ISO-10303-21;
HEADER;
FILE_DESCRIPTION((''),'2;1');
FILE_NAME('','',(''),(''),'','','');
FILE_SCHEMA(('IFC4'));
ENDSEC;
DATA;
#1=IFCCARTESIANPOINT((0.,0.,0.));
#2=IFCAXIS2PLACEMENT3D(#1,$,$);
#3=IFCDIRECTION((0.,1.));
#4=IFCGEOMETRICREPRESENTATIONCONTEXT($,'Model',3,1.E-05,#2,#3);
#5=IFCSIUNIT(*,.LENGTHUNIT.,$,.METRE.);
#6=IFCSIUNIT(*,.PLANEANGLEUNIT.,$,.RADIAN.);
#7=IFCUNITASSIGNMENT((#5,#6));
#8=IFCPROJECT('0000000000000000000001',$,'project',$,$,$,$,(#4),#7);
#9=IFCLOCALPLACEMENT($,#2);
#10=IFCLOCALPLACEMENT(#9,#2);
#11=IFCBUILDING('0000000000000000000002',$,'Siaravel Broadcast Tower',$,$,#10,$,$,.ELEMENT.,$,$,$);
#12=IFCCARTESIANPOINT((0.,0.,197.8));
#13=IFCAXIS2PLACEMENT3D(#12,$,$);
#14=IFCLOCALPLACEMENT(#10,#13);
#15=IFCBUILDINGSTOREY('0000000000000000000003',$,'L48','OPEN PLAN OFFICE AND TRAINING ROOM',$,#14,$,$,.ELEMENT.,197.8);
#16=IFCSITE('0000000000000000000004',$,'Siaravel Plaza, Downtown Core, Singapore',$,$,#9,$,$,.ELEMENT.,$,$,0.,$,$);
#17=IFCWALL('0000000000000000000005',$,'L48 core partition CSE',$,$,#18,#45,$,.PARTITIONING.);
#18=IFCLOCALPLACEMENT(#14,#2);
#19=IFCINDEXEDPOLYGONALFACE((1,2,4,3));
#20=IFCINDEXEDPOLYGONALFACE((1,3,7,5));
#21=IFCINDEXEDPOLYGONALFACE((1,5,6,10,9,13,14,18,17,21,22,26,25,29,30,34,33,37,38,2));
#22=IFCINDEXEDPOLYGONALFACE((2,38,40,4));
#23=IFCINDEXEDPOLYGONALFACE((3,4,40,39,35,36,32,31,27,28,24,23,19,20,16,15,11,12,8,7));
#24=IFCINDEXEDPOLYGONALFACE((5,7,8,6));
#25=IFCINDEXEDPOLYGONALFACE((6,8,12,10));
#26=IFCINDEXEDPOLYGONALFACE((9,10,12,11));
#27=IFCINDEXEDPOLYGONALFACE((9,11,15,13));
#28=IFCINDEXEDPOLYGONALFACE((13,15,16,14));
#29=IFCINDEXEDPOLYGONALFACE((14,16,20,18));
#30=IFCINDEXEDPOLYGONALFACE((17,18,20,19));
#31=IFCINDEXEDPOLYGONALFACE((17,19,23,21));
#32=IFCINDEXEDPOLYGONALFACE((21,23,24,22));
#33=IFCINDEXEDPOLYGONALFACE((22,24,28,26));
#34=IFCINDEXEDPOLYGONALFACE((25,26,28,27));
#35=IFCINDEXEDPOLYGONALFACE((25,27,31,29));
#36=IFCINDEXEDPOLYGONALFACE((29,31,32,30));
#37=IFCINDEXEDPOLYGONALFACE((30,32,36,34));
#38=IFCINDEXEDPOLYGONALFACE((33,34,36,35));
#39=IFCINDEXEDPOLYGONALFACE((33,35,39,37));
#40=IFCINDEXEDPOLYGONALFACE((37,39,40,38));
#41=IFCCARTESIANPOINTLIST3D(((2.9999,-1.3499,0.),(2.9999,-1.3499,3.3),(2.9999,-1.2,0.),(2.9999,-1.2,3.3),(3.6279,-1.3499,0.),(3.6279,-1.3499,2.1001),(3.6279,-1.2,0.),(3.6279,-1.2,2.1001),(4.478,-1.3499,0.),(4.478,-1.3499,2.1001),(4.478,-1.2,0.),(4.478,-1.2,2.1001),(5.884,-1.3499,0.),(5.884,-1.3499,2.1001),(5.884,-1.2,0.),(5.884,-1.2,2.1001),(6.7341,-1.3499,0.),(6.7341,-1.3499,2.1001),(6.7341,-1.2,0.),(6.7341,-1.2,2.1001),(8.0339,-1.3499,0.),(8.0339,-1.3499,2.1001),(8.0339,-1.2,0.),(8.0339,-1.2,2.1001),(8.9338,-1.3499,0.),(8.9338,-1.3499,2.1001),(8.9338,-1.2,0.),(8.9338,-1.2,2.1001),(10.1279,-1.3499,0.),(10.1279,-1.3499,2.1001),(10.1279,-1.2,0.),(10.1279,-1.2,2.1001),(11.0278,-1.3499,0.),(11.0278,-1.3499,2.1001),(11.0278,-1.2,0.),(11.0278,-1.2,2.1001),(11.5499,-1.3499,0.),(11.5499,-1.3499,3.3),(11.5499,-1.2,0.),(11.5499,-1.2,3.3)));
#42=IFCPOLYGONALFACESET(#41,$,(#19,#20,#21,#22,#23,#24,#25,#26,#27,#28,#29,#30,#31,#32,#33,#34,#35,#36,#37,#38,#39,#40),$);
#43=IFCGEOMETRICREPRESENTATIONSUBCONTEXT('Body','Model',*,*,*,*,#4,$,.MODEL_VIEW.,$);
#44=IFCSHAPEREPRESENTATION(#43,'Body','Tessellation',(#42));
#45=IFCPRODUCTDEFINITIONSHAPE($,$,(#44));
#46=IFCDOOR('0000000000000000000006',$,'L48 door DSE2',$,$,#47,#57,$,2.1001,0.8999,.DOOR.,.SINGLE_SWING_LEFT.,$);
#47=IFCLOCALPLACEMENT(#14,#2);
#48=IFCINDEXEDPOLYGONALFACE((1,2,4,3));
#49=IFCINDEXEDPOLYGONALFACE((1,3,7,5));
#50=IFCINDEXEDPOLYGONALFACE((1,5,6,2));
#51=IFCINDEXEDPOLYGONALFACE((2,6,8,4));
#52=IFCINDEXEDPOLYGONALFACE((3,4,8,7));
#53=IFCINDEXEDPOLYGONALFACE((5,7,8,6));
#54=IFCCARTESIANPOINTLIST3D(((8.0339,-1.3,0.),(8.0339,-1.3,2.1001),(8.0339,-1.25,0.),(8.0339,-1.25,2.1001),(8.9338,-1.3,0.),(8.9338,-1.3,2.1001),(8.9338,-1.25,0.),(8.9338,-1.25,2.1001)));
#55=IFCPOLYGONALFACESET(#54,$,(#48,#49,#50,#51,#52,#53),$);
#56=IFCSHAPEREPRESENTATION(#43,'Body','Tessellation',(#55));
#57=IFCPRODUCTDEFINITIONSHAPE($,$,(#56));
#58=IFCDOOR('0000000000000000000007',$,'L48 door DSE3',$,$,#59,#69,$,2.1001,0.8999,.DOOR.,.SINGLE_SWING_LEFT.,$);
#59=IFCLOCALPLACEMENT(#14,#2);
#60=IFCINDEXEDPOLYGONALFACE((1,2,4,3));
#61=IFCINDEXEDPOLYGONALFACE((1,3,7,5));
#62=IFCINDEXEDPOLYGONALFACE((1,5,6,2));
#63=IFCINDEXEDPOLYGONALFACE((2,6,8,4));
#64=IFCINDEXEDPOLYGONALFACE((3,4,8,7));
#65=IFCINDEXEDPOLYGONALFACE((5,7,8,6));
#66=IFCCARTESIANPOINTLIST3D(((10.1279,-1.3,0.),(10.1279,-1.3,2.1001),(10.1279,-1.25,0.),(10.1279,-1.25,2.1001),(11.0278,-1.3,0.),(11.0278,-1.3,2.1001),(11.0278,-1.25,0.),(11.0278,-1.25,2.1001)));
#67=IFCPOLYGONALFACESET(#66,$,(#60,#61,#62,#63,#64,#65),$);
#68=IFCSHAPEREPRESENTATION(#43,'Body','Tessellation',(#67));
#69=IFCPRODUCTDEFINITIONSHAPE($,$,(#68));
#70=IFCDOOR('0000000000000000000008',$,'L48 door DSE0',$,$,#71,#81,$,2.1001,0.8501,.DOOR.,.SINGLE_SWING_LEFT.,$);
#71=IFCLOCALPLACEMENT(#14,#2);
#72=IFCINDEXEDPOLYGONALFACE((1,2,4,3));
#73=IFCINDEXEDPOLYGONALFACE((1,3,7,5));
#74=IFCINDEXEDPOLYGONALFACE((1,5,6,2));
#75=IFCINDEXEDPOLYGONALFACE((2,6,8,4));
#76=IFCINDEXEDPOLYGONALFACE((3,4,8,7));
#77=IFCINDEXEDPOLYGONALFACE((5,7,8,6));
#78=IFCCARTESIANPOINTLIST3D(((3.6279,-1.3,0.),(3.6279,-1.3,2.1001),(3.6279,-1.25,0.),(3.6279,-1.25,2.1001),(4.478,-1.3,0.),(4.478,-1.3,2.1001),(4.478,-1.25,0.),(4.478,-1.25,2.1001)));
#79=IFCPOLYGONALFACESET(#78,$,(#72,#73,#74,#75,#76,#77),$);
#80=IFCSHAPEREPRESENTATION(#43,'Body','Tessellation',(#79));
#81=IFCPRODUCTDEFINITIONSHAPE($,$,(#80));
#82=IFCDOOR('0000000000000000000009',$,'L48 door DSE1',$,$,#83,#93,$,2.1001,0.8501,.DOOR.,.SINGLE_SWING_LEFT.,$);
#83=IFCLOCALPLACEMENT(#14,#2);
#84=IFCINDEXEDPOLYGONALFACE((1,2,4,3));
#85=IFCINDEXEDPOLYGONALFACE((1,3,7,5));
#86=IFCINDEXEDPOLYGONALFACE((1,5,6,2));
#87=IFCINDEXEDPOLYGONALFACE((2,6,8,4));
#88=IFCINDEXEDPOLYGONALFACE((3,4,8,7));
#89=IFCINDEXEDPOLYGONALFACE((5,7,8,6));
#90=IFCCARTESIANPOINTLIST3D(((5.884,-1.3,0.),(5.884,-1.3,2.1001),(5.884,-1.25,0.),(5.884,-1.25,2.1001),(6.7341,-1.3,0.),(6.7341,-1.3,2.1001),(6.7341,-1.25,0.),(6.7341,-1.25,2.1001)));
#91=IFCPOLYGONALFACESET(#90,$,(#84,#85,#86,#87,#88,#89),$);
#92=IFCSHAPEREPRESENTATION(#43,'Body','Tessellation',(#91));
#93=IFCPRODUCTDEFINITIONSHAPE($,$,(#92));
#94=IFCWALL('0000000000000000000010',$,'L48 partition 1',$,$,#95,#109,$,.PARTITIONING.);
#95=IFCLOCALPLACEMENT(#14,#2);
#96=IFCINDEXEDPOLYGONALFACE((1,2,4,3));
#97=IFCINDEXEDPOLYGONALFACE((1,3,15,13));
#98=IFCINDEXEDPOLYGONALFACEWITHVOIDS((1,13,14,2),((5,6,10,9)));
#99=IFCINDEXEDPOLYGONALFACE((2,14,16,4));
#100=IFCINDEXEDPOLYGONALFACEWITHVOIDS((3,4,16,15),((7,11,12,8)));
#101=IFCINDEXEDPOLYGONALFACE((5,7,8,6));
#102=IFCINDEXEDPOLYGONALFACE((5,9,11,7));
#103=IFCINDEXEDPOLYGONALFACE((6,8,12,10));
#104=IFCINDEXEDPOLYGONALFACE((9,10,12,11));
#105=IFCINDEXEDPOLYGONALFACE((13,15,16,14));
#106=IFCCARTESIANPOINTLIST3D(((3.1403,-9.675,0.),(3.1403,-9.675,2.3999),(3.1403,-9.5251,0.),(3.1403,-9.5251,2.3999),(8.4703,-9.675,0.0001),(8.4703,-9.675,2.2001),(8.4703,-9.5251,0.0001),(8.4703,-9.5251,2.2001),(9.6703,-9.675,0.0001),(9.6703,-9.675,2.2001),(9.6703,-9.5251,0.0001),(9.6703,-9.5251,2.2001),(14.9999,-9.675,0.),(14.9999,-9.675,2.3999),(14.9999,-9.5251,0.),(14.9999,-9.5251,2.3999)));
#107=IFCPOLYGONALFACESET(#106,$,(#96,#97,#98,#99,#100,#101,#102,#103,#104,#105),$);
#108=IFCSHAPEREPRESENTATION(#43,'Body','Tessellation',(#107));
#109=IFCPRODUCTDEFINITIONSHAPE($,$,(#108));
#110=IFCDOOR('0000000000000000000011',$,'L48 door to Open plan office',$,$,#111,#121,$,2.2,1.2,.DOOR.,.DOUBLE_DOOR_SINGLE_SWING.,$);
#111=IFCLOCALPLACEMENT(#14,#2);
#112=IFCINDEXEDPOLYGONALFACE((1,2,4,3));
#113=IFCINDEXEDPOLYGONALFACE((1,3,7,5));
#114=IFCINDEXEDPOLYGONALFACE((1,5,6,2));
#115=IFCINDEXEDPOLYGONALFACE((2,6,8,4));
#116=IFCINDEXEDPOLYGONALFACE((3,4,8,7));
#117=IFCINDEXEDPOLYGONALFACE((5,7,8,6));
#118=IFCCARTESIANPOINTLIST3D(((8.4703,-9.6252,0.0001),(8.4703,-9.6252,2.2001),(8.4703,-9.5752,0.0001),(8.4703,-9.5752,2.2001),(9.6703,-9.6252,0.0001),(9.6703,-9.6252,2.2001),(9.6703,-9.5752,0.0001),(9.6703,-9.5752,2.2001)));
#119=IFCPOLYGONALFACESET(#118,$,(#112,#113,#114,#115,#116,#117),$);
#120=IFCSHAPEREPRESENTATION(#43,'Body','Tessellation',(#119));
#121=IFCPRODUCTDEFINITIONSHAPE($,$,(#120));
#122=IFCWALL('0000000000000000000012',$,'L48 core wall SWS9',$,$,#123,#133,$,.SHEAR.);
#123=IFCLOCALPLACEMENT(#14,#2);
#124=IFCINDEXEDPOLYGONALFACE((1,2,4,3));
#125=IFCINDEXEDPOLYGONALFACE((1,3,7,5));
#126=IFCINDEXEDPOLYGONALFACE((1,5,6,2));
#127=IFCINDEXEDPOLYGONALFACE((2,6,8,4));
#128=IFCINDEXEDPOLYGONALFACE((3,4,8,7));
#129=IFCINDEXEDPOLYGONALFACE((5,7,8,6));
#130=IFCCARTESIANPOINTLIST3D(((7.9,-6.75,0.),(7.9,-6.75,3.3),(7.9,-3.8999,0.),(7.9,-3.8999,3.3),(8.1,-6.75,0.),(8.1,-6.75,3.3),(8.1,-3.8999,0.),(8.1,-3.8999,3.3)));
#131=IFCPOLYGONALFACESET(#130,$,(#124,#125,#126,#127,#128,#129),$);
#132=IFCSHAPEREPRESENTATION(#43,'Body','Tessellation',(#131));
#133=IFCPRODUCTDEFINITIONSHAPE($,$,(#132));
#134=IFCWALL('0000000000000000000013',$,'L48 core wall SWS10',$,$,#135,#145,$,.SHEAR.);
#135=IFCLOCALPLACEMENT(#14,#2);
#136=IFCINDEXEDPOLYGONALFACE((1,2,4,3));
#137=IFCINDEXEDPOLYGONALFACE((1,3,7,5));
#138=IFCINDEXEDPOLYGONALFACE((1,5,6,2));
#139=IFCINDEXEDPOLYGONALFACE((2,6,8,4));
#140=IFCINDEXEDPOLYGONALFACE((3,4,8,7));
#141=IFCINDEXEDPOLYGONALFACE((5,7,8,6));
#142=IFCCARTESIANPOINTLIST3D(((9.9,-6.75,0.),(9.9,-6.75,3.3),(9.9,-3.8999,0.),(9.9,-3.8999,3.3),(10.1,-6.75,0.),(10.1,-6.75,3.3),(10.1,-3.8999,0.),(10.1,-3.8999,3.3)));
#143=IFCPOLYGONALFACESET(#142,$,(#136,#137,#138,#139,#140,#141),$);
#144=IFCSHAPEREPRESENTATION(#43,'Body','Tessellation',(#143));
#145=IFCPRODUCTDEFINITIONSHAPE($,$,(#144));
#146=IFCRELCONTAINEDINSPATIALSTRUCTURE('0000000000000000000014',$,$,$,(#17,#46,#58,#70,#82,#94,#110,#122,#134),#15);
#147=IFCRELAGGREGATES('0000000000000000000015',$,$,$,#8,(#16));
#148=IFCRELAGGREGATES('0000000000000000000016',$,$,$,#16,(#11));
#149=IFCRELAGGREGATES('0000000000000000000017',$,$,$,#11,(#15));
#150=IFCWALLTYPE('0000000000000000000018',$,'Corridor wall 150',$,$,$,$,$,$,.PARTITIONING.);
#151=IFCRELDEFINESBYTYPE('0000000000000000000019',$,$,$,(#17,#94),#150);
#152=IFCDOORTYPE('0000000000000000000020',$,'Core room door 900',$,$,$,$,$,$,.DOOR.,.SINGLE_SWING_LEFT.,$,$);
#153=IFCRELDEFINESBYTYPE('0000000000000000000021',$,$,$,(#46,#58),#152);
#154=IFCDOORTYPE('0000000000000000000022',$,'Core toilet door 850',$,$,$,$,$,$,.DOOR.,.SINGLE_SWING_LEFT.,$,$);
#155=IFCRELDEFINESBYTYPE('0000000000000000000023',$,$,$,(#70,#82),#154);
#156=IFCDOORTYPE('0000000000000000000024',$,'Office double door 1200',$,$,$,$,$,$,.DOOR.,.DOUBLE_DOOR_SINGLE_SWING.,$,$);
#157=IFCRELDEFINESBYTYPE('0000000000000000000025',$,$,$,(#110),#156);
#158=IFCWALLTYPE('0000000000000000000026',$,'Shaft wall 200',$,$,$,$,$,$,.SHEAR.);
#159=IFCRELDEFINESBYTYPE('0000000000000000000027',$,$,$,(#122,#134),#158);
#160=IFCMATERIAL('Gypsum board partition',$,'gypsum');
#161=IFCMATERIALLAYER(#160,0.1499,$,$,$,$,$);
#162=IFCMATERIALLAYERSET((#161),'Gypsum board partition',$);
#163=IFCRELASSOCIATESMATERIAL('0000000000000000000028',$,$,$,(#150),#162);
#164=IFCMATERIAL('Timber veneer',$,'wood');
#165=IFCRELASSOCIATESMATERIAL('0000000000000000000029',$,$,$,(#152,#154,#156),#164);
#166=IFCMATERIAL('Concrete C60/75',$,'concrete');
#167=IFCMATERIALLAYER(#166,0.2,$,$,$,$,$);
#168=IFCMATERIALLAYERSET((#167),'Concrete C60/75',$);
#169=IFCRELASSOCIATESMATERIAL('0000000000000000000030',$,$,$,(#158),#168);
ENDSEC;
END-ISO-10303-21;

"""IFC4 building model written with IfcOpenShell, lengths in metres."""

from ifc_helpers import new_model, si_unit, direction, frame, frame_2d, origin, place, context, subcontext, project, spatial, rectangle, extrude, material, layer, layer_set, type_object, element, fill, save


model = new_model("IFC4")

# Units and contexts
model_context = context("Model", 3, precision=1e-05, world=origin(), true_north=direction((0.0, 1.0)))
body_context = subcontext(model_context, "Body", "Model", "MODEL_VIEW")
ifc_project = project(units=[si_unit("LENGTHUNIT", "METRE"), si_unit("PLANEANGLEUNIT", "RADIAN")], contexts=[model_context])

# Site, building, storey
site_placement = place(None, origin())
site = spatial("IfcSite", under=ifc_project, at=site_placement, Name="Siaravel Plaza, Downtown Core, Singapore", CompositionType="ELEMENT", RefElevation=0.0)
building_placement = place(site_placement, origin())
building = spatial("IfcBuilding", under=site, at=building_placement, Name="Siaravel Broadcast Tower", CompositionType="ELEMENT")
storey_placement = place(building_placement, frame((0.0, 0.0, 197.8)))
storey = spatial("IfcBuildingStorey", under=building, at=storey_placement, Name="L48", Description="OPEN PLAN OFFICE AND TRAINING ROOM", CompositionType="ELEMENT", Elevation=197.8)

# Shared definitions
ifc_material_1 = material(Name="Concrete C60/75", Category="concrete")

# Wall, openings, doors
ifc_material_2 = material(Name="Gypsum board partition", Category="gypsum")
ifc_layer_1 = layer(ifc_material_2, 0.1499)
ifc_layer_set_1 = layer_set([ifc_layer_1], Name="Gypsum board partition")
wall_type_1 = type_object("IfcWallType", Name="Corridor wall 150", PredefinedType="PARTITIONING", material=ifc_layer_set_1)
wall_1_placement = place(storey_placement, frame((3.0, -1.2749, 0.0), z_axis=(0.0, 0.0, 1.0), x_axis=(1.0, 0.0, 0.0)))
wall_1 = element("IfcWall", 1, at=wall_1_placement, inside=storey, type_object=wall_type_1, Name="L48 core partition CSE", PredefinedType="PARTITIONING", context=body_context, shape_type="SweptSolid", body=[
    extrude(rectangle(XDim=8.55, YDim=0.1499, at=frame_2d((4.2749, 0.0))), origin(), (0.0, 0.0, 1.0), 3.3),
])
opening_1_placement = place(wall_1_placement, frame((0.6279, 0.0, 0.0)))
opening_1 = element("IfcOpeningElement", 2, at=opening_1_placement, cuts=wall_1, PredefinedType="OPENING", context=body_context, shape_type="SweptSolid", body=[
    extrude(rectangle(XDim=0.8501, YDim=2.1001, at=frame_2d((0.425, 1.05))), frame((0.0, 0.085, 0.0), z_axis=(0.0, -1.0, 0.0), x_axis=(1.0, 0.0, 0.0)), (0.0, 0.0, 1.0), 0.1699),
])
opening_2_placement = place(wall_1_placement, frame((2.884, 0.0, 0.0)))
opening_2 = element("IfcOpeningElement", 3, at=opening_2_placement, cuts=wall_1, PredefinedType="OPENING", context=body_context, shape_type="SweptSolid", body=[
    extrude(rectangle(XDim=0.8501, YDim=2.1001, at=frame_2d((0.425, 1.05))), frame((0.0, 0.085, 0.0), z_axis=(0.0, -1.0, 0.0), x_axis=(1.0, 0.0, 0.0)), (0.0, 0.0, 1.0), 0.1699),
])
opening_3_placement = place(wall_1_placement, frame((5.0339, 0.0, 0.0)))
opening_3 = element("IfcOpeningElement", 4, at=opening_3_placement, cuts=wall_1, PredefinedType="OPENING", context=body_context, shape_type="SweptSolid", body=[
    extrude(rectangle(XDim=0.8999, YDim=2.1001, at=frame_2d((0.45, 1.05))), frame((0.0, 0.085, 0.0), z_axis=(0.0, -1.0, 0.0), x_axis=(1.0, 0.0, 0.0)), (0.0, 0.0, 1.0), 0.1699),
])
opening_4_placement = place(wall_1_placement, frame((7.1279, 0.0, 0.0)))
opening_4 = element("IfcOpeningElement", 5, at=opening_4_placement, cuts=wall_1, PredefinedType="OPENING", context=body_context, shape_type="SweptSolid", body=[
    extrude(rectangle(XDim=0.8999, YDim=2.1001, at=frame_2d((0.45, 1.05))), frame((0.0, 0.085, 0.0), z_axis=(0.0, -1.0, 0.0), x_axis=(1.0, 0.0, 0.0)), (0.0, 0.0, 1.0), 0.1699),
])
ifc_material_3 = material(Name="Timber veneer", Category="wood")
door_type_1 = type_object("IfcDoorType", Name="Core room door 900", OperationType="SINGLE_SWING_LEFT", PredefinedType="DOOR", material=ifc_material_3)
door_1_placement = place(opening_3_placement, origin())
door_1 = element("IfcDoor", 6, at=door_1_placement, inside=storey, type_object=door_type_1, Name="L48 door DSE2", OperationType="SINGLE_SWING_LEFT", OverallHeight=2.1001, OverallWidth=0.8999, PredefinedType="DOOR", context=body_context, shape_type="SweptSolid", body=[
    extrude(rectangle(XDim=0.8999, YDim=2.1001, at=frame_2d((0.45, 1.05))), frame((0.0, 0.0249, 0.0), z_axis=(0.0, -1.0, 0.0), x_axis=(1.0, 0.0, 0.0)), (0.0, 0.0, 1.0), 0.05),
])
fill(opening_3, door_1)
door_2_placement = place(opening_4_placement, origin())
door_2 = element("IfcDoor", 7, at=door_2_placement, inside=storey, type_object=door_type_1, Name="L48 door DSE3", OperationType="SINGLE_SWING_LEFT", OverallHeight=2.1001, OverallWidth=0.8999, PredefinedType="DOOR", context=body_context, shape_type="SweptSolid", body=[
    extrude(rectangle(XDim=0.8999, YDim=2.1001, at=frame_2d((0.45, 1.05))), frame((0.0, 0.0249, 0.0), z_axis=(0.0, -1.0, 0.0), x_axis=(1.0, 0.0, 0.0)), (0.0, 0.0, 1.0), 0.05),
])
fill(opening_4, door_2)
door_type_2 = type_object("IfcDoorType", Name="Core toilet door 850", OperationType="SINGLE_SWING_LEFT", PredefinedType="DOOR", material=ifc_material_3)
door_3_placement = place(opening_1_placement, origin())
door_3 = element("IfcDoor", 8, at=door_3_placement, inside=storey, type_object=door_type_2, Name="L48 door DSE0", OperationType="SINGLE_SWING_LEFT", OverallHeight=2.1001, OverallWidth=0.8501, PredefinedType="DOOR", context=body_context, shape_type="SweptSolid", body=[
    extrude(rectangle(XDim=0.8501, YDim=2.1001, at=frame_2d((0.425, 1.05))), frame((0.0, 0.0249, 0.0), z_axis=(0.0, -1.0, 0.0), x_axis=(1.0, 0.0, 0.0)), (0.0, 0.0, 1.0), 0.05),
])
fill(opening_1, door_3)
door_4_placement = place(opening_2_placement, origin())
door_4 = element("IfcDoor", 9, at=door_4_placement, inside=storey, type_object=door_type_2, Name="L48 door DSE1", OperationType="SINGLE_SWING_LEFT", OverallHeight=2.1001, OverallWidth=0.8501, PredefinedType="DOOR", context=body_context, shape_type="SweptSolid", body=[
    extrude(rectangle(XDim=0.8501, YDim=2.1001, at=frame_2d((0.425, 1.05))), frame((0.0, 0.0249, 0.0), z_axis=(0.0, -1.0, 0.0), x_axis=(1.0, 0.0, 0.0)), (0.0, 0.0, 1.0), 0.05),
])
fill(opening_2, door_4)

# Wall, opening, door
wall_2_placement = place(storey_placement, frame((3.1404, -9.6001, 0.0), z_axis=(0.0, 0.0, 1.0), x_axis=(1.0, 0.0, 0.0)))
wall_2 = element("IfcWall", 10, at=wall_2_placement, inside=storey, type_object=wall_type_1, Name="L48 partition 1", PredefinedType="PARTITIONING", context=body_context, shape_type="SweptSolid", body=[
    extrude(rectangle(XDim=11.8596, YDim=0.1499, at=frame_2d((5.9297, 0.0))), origin(), (0.0, 0.0, 1.0), 2.3999),
])
opening_5_placement = place(wall_2_placement, frame((5.3298, 0.0, 0.0)))
opening_5 = element("IfcOpeningElement", 11, at=opening_5_placement, cuts=wall_2, PredefinedType="OPENING", context=body_context, shape_type="SweptSolid", body=[
    extrude(rectangle(XDim=1.2, YDim=2.2, at=frame_2d((0.6001, 1.1001))), frame((0.0, 0.085, 0.0), z_axis=(0.0, -1.0, 0.0), x_axis=(1.0, 0.0, 0.0)), (0.0, 0.0, 1.0), 0.1699),
])
door_type_3 = type_object("IfcDoorType", Name="Office double door 1200", OperationType="DOUBLE_DOOR_SINGLE_SWING", PredefinedType="DOOR", material=ifc_material_3)
door_5_placement = place(opening_5_placement, origin())
door_5 = element("IfcDoor", 12, at=door_5_placement, inside=storey, type_object=door_type_3, Name="L48 door to Open plan office", OperationType="DOUBLE_DOOR_SINGLE_SWING", OverallHeight=2.2, OverallWidth=1.2, PredefinedType="DOOR", context=body_context, shape_type="SweptSolid", body=[
    extrude(rectangle(XDim=1.2, YDim=2.2, at=frame_2d((0.6001, 1.1001))), frame((0.0, 0.0249, 0.0), z_axis=(0.0, -1.0, 0.0), x_axis=(1.0, 0.0, 0.0)), (0.0, 0.0, 1.0), 0.05),
])
fill(opening_5, door_5)

# Walls
ifc_layer_2 = layer(ifc_material_1, 0.2)
ifc_layer_set_2 = layer_set([ifc_layer_2], Name="Concrete C60/75")
wall_type_2 = type_object("IfcWallType", Name="Shaft wall 200", PredefinedType="SHEAR", material=ifc_layer_set_2)
for number, where, z_axis, x_axis, name in (
    (13, (8.0, -6.75, 0.0), (0.0, 0.0, 1.0), (0.0, 1.0, 0.0), "L48 core wall SWS9"),
    (14, (10.0, -6.75, 0.0), (0.0, 0.0, 1.0), (0.0, 1.0, 0.0), "L48 core wall SWS10"),
):
    element("IfcWall", number, at=place(storey_placement, frame(where, z_axis=z_axis, x_axis=x_axis)), inside=storey, type_object=wall_type_2, Name=name, PredefinedType="SHEAR", context=body_context, shape_type="SweptSolid", body=[
        extrude(rectangle(XDim=2.8501, YDim=0.2, at=frame_2d((1.425, 0.0))), origin(), (0.0, 0.0, 1.0), 3.3),
    ])

save(model, "model.ifc")
